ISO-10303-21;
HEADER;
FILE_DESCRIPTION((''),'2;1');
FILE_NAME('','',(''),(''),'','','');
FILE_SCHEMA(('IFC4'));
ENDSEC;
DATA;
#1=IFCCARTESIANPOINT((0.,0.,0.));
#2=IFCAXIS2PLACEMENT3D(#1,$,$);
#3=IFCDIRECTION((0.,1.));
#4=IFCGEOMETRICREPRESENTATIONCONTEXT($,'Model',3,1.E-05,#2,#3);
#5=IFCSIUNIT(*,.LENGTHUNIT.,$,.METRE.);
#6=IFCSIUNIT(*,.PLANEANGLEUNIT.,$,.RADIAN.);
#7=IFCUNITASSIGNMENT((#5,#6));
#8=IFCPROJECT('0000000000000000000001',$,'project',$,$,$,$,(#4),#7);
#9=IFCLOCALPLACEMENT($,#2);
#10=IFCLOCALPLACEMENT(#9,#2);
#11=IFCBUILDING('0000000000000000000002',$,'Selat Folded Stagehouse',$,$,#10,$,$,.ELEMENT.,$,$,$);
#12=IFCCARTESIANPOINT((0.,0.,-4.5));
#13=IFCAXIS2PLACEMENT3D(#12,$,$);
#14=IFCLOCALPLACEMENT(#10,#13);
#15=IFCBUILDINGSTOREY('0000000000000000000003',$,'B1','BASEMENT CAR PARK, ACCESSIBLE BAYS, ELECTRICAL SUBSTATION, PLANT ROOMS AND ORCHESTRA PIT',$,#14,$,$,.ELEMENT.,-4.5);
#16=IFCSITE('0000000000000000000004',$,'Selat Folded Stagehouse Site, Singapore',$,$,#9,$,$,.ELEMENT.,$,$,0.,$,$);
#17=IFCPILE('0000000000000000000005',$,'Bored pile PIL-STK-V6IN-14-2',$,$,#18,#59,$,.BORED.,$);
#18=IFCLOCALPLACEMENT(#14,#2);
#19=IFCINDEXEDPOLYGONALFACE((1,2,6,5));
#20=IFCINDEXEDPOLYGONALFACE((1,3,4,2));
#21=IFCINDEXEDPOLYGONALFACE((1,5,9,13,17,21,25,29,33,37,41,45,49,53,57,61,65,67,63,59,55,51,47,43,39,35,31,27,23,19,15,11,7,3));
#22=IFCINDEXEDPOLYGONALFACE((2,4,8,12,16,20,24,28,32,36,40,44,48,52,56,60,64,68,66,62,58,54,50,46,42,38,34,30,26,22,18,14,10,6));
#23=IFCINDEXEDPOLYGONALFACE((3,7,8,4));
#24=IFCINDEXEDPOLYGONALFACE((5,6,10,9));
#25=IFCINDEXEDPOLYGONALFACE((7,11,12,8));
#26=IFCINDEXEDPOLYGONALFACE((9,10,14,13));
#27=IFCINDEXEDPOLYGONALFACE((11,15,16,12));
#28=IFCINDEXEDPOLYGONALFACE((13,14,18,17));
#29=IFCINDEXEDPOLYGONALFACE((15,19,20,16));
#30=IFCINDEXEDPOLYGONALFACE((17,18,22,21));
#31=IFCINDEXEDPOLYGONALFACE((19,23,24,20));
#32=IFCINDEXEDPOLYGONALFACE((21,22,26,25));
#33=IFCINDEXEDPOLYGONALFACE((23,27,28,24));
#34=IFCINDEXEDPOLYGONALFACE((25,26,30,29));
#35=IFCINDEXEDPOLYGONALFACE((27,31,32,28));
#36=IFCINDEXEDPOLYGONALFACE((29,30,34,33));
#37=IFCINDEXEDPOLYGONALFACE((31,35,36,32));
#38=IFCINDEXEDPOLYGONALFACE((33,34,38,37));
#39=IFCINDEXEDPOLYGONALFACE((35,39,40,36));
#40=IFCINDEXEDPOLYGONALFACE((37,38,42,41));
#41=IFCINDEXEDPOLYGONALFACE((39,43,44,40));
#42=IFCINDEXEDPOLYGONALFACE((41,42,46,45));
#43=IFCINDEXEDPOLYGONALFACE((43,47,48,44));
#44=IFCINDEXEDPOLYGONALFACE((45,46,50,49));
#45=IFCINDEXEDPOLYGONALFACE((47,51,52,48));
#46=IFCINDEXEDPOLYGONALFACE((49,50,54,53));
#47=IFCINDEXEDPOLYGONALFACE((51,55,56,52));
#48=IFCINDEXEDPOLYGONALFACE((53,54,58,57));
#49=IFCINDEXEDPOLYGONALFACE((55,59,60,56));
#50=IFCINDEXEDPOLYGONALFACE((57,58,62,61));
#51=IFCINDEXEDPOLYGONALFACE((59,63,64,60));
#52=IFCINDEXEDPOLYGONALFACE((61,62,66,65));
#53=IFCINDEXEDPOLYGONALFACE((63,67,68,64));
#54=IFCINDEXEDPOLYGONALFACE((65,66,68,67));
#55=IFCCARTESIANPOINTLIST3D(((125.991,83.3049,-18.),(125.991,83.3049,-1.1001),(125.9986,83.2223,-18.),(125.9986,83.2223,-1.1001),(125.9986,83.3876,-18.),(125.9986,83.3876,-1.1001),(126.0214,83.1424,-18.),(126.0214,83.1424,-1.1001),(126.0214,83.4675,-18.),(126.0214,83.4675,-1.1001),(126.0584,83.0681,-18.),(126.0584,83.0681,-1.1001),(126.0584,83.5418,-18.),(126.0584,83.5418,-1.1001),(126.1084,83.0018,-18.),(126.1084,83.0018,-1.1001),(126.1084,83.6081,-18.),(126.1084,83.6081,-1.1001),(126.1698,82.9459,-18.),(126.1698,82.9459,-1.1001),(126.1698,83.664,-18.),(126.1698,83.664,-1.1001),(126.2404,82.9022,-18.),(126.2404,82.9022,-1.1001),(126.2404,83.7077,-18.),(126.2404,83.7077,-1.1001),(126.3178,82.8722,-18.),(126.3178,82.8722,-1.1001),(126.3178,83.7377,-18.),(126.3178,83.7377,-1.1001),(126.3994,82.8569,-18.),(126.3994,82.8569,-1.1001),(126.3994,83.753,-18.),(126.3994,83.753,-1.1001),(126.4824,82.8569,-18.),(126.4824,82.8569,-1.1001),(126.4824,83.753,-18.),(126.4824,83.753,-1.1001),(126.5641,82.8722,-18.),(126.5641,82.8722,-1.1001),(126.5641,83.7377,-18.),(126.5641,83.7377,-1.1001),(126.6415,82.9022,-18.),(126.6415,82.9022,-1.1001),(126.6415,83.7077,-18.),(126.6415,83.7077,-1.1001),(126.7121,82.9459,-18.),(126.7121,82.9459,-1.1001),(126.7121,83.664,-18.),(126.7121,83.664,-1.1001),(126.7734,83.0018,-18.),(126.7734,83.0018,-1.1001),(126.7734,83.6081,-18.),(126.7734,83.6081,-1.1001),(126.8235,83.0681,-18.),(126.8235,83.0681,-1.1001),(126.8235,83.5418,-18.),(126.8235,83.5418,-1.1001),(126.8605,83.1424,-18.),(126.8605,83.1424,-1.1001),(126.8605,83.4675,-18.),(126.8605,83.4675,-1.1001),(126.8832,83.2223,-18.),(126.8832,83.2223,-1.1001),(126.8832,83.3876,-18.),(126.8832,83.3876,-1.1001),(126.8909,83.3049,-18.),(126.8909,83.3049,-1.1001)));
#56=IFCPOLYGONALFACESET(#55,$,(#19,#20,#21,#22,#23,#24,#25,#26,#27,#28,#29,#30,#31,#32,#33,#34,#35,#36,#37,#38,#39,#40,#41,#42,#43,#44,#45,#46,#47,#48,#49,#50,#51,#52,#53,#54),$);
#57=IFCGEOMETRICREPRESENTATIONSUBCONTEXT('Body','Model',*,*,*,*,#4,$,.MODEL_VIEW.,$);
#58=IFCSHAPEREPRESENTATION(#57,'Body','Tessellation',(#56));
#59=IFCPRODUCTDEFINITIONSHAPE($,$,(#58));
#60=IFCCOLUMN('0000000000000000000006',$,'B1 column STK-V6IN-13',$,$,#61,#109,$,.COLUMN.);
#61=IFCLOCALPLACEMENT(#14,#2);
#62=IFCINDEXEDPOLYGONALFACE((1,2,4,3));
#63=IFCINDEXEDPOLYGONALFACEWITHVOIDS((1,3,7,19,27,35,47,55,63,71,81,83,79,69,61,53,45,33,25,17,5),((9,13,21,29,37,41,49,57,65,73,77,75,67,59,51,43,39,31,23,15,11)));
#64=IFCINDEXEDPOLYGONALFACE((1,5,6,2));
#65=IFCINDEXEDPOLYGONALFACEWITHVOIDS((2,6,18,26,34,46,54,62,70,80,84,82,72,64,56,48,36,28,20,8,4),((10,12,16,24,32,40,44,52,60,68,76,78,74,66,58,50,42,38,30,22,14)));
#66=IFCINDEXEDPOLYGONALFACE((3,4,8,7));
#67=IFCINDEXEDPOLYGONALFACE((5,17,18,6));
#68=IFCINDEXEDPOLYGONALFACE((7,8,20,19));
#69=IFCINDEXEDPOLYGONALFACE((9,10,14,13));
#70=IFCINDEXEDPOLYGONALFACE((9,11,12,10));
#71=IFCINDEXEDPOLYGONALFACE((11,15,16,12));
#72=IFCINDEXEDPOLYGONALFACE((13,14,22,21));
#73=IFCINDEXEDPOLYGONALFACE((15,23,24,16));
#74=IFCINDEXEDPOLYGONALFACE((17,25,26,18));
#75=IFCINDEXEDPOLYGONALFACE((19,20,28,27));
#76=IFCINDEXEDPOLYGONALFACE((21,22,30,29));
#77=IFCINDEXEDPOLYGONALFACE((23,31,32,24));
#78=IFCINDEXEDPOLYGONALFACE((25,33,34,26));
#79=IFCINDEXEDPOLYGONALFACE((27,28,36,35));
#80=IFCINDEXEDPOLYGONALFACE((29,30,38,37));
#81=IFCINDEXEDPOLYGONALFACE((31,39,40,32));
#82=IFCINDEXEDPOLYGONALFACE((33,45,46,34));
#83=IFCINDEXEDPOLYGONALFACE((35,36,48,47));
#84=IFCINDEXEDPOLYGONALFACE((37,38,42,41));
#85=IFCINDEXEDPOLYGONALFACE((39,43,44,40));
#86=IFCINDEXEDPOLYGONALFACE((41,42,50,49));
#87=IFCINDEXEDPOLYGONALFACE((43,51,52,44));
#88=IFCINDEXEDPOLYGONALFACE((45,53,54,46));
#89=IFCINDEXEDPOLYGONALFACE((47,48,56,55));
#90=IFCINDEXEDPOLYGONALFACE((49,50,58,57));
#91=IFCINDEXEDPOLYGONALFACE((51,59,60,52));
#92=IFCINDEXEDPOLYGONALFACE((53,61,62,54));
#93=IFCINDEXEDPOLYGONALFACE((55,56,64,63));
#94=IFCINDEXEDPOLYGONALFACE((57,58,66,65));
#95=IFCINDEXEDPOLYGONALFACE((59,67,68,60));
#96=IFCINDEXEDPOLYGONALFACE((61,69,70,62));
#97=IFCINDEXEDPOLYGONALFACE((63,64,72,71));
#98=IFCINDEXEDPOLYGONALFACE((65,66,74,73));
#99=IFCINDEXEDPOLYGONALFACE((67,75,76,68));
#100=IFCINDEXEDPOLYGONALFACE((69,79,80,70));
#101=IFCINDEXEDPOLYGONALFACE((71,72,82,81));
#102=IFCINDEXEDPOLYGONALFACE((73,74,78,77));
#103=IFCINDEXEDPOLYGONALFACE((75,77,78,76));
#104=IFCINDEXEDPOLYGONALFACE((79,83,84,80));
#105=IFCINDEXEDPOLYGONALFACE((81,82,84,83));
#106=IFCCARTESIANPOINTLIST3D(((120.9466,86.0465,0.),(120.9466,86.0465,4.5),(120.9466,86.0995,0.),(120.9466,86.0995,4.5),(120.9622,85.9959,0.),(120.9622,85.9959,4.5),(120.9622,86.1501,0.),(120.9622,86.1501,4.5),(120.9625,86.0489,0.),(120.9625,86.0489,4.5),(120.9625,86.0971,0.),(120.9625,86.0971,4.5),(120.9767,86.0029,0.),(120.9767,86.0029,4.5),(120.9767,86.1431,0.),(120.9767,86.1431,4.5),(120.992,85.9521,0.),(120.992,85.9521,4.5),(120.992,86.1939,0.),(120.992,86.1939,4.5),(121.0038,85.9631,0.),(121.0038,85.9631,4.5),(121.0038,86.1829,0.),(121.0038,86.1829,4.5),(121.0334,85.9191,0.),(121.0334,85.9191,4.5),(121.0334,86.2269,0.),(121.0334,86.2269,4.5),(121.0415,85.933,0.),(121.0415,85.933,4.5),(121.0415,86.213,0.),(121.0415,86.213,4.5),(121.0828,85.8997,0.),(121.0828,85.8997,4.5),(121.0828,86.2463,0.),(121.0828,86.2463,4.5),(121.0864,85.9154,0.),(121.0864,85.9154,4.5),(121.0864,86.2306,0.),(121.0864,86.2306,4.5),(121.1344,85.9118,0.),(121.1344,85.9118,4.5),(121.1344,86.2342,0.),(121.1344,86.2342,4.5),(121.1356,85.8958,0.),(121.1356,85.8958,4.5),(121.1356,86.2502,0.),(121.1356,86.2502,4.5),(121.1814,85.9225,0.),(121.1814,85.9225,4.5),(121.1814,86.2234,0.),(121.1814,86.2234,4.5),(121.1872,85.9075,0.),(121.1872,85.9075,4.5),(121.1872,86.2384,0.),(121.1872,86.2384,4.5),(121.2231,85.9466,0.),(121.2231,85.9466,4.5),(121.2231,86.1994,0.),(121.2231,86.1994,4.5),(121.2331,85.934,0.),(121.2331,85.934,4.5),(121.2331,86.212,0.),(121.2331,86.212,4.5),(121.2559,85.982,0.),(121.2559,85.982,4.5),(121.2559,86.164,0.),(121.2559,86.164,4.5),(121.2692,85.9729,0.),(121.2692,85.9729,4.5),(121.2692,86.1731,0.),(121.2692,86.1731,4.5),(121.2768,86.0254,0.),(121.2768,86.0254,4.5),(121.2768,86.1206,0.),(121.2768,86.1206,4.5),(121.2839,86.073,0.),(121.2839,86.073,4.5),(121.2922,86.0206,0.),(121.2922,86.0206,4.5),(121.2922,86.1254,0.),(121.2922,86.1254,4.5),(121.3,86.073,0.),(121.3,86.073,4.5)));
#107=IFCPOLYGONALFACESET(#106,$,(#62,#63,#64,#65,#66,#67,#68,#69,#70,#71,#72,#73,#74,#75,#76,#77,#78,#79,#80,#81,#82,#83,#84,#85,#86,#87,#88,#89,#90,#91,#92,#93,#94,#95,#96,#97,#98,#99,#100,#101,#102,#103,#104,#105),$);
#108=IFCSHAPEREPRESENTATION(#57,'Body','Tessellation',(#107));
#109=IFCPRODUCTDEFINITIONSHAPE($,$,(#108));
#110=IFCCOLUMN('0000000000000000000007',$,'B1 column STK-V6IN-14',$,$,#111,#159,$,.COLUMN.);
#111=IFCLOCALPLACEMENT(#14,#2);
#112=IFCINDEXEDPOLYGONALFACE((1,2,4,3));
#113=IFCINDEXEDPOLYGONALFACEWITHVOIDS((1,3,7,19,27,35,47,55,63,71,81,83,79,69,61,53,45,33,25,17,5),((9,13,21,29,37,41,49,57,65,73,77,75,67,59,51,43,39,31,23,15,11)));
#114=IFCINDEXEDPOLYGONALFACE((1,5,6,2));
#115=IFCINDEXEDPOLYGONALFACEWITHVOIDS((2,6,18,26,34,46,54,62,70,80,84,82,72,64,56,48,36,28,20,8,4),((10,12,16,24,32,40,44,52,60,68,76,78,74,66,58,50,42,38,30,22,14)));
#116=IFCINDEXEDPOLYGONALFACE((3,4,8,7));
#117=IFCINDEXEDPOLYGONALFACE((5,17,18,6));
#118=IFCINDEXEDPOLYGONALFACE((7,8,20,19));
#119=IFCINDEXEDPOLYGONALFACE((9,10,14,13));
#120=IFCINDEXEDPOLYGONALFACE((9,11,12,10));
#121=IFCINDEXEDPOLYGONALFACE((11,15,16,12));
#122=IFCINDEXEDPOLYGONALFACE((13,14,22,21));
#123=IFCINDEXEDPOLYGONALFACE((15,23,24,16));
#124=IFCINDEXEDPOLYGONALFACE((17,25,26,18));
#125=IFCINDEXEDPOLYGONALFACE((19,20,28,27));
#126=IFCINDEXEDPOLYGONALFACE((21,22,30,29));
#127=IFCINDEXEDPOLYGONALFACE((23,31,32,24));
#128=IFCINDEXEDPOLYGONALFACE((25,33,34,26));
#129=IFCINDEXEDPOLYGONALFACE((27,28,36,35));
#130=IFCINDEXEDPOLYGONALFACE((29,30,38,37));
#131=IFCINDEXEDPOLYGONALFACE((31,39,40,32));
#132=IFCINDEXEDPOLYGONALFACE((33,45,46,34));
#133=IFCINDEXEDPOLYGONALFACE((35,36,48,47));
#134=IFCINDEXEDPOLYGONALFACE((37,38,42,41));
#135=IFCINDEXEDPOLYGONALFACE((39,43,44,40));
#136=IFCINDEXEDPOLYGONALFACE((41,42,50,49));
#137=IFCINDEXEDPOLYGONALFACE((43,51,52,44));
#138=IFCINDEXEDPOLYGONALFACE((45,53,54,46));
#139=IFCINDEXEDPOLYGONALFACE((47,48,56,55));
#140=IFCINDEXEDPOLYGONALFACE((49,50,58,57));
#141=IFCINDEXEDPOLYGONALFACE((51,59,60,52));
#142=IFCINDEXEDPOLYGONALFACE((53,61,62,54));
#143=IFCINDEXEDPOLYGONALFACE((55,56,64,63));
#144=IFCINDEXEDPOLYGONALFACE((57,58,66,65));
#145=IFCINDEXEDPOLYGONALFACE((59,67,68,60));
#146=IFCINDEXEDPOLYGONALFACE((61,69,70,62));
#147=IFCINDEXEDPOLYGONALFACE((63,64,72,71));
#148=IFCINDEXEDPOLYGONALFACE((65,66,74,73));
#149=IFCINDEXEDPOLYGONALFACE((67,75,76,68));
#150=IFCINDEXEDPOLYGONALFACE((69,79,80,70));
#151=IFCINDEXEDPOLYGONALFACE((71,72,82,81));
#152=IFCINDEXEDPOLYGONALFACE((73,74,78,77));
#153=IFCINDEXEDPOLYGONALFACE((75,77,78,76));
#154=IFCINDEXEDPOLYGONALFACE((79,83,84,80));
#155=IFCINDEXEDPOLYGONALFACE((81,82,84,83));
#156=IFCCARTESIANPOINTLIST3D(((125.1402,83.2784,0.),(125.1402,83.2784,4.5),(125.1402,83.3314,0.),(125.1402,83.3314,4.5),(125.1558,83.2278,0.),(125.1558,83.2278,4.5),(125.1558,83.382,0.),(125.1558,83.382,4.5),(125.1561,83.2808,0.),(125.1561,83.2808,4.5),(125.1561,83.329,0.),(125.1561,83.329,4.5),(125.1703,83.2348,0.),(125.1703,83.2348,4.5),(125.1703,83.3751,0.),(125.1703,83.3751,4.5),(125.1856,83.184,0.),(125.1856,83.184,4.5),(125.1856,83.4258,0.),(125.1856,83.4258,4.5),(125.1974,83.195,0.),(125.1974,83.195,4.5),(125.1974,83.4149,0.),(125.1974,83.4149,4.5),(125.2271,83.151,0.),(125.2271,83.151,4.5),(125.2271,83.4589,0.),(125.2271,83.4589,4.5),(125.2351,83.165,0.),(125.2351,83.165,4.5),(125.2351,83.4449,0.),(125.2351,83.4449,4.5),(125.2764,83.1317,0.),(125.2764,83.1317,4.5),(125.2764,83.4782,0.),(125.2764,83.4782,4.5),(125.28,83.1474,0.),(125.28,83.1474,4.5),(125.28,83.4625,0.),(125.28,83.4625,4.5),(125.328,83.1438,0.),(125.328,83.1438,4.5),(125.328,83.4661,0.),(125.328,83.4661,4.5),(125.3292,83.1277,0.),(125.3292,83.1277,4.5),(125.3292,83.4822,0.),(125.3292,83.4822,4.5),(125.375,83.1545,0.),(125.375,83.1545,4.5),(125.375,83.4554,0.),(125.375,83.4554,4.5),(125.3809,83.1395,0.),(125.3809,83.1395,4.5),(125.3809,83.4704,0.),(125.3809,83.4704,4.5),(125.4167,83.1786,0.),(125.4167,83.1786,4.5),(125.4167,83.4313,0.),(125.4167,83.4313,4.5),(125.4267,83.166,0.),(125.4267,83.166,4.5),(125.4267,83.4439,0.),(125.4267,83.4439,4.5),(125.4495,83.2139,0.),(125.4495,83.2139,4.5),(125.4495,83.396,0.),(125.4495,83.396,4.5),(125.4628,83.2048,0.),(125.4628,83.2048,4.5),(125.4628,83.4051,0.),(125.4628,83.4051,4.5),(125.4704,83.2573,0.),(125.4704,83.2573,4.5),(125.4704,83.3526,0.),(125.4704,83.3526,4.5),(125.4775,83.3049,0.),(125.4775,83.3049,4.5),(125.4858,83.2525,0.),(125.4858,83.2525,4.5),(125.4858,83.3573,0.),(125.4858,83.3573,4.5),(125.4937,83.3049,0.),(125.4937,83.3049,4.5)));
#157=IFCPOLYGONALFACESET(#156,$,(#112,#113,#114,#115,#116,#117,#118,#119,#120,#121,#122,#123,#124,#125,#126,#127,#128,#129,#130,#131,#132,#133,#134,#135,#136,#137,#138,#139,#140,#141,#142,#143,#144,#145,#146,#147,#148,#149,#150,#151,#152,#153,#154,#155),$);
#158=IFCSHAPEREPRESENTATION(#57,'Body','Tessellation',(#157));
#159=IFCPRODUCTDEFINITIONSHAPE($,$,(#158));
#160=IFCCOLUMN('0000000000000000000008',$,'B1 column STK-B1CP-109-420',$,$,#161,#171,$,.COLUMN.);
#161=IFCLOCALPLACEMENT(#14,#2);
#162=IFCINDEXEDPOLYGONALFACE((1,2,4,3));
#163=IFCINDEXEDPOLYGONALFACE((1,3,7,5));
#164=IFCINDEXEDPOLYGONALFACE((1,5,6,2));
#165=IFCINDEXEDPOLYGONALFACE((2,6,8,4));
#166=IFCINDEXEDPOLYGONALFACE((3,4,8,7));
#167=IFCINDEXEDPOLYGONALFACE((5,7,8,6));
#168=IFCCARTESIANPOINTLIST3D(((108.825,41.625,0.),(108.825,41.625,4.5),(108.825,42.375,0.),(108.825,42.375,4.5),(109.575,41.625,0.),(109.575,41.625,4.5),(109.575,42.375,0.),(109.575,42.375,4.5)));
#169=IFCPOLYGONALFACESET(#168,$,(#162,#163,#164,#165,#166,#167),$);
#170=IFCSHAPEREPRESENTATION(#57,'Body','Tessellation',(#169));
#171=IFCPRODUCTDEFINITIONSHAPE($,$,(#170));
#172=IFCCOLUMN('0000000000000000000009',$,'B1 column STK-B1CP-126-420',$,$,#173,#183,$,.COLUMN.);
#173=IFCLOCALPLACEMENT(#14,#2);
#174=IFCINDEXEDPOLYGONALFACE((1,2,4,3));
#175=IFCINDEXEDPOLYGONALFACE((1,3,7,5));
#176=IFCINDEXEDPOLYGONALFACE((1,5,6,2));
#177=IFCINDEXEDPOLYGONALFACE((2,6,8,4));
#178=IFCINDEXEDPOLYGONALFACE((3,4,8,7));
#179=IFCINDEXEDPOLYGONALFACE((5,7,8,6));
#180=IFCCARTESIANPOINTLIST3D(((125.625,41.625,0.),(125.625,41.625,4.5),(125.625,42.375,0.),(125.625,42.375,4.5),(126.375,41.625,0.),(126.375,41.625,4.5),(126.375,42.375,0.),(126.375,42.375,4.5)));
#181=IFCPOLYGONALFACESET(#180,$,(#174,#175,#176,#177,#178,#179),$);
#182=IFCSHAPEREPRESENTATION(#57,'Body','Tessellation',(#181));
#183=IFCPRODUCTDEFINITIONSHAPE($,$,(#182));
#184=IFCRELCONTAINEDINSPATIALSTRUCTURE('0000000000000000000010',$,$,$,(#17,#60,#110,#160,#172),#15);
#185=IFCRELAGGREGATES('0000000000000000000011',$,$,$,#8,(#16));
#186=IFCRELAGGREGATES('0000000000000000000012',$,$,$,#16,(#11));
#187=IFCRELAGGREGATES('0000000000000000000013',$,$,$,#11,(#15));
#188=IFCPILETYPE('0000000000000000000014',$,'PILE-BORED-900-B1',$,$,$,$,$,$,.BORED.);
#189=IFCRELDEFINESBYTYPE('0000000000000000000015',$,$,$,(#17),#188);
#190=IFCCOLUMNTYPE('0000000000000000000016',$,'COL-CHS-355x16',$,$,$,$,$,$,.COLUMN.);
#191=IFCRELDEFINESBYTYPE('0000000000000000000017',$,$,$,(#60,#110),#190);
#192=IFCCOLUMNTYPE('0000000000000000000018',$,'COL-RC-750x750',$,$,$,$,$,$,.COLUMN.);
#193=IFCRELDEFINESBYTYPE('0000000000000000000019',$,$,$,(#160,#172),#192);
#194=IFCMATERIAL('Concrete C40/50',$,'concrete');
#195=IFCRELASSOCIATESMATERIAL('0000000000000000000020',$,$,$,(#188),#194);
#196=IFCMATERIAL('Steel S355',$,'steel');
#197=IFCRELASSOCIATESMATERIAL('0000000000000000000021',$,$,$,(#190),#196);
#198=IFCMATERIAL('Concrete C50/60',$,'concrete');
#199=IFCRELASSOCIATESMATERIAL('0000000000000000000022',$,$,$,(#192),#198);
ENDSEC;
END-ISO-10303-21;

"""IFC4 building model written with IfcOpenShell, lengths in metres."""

from ifc_helpers import new_model, si_unit, direction, frame, origin, origin_2d, place, context, subcontext, project, spatial, rectangle, circle, hollow_circle, extrude, material, material_profile, profile_set, type_object, element, save


model = new_model("IFC4")

# Units and contexts
model_context = context("Model", 3, precision=1e-05, world=origin(), true_north=direction((0.0, 1.0)))
body_context = subcontext(model_context, "Body", "Model", "MODEL_VIEW")
ifc_project = project(units=[si_unit("LENGTHUNIT", "METRE"), si_unit("PLANEANGLEUNIT", "RADIAN")], contexts=[model_context])

# Site, building, storey
site_placement = place(None, origin())
site = spatial("IfcSite", under=ifc_project, at=site_placement, Name="Selat Folded Stagehouse Site, Singapore", CompositionType="ELEMENT", RefElevation=0.0)
building_placement = place(site_placement, origin())
building = spatial("IfcBuilding", under=site, at=building_placement, Name="Selat Folded Stagehouse", CompositionType="ELEMENT")
storey_placement = place(building_placement, frame((0.0, 0.0, -4.5)))
storey = spatial("IfcBuildingStorey", under=building, at=storey_placement, Name="B1", Description="BASEMENT CAR PARK, ACCESSIBLE BAYS, ELECTRICAL SUBSTATION, PLANT ROOMS AND ORCHESTRA PIT", CompositionType="ELEMENT", Elevation=-4.5)

# Shared definitions
ifc_material_1 = material(Name="Concrete C40/50", Category="concrete")

# Pile
ifc_material_profile_1 = material_profile(ifc_material_1, circle(Radius=0.45, at=origin_2d()), Name="PILE D900")
ifc_profile_set_1 = profile_set([ifc_material_profile_1], Name="Concrete C40/50")
pile_type = type_object("IfcPileType", Name="PILE-BORED-900-B1", PredefinedType="BORED", material=ifc_profile_set_1)
for number, where, z_axis, x_axis, name in (
    (1, (126.4409, 83.3049, -1.1001), (0.0, 0.0, -1.0), (1.0, 0.0, 0.0), "Bored pile PIL-STK-V6IN-14-2"),
):
    element("IfcPile", number, at=place(storey_placement, frame(where, z_axis=z_axis, x_axis=x_axis)), inside=storey, type_object=pile_type, Name=name, PredefinedType="BORED", context=body_context, shape_type="SweptSolid", body=[
        extrude(circle(Radius=0.45, at=origin_2d()), origin(), (0.0, 0.0, 1.0), 16.8999),
    ])

# Columns
ifc_material_2 = material(Name="Steel S355", Category="steel")
ifc_material_profile_2 = material_profile(ifc_material_2, hollow_circle(Radius=0.1777, WallThickness=0.0161, at=origin_2d()), Name="CHS 355.6x16.0")
ifc_profile_set_2 = profile_set([ifc_material_profile_2], Name="Steel S355")
column_type_1 = type_object("IfcColumnType", Name="COL-CHS-355x16", PredefinedType="COLUMN", material=ifc_profile_set_2)
for number, where, z_axis, x_axis, name in (
    (2, (121.1223, 86.073, 0.0), (0.0, 0.0, 1.0), (1.0, 0.0, 0.0), "B1 column STK-V6IN-13"),
    (3, (125.3159, 83.3049, 0.0), (0.0, 0.0, 1.0), (1.0, 0.0, 0.0), "B1 column STK-V6IN-14"),
):
    element("IfcColumn", number, at=place(storey_placement, frame(where, z_axis=z_axis, x_axis=x_axis)), inside=storey, type_object=column_type_1, Name=name, PredefinedType="COLUMN", context=body_context, shape_type="SweptSolid", body=[
        extrude(hollow_circle(Radius=0.1777, WallThickness=0.0161, at=origin_2d()), origin(), (0.0, 0.0, 1.0), 4.5),
    ])
ifc_material_3 = material(Name="Concrete C50/60", Category="concrete")
ifc_material_profile_3 = material_profile(ifc_material_3, rectangle(XDim=0.75, YDim=0.75, at=origin_2d()), Name="RC 750x750")
ifc_profile_set_3 = profile_set([ifc_material_profile_3], Name="Concrete C50/60")
column_type_2 = type_object("IfcColumnType", Name="COL-RC-750x750", PredefinedType="COLUMN", material=ifc_profile_set_3)
for number, where, z_axis, x_axis, name in (
    (4, (109.2, 42.0, 0.0), (0.0, 0.0, 1.0), (1.0, 0.0, 0.0), "B1 column STK-B1CP-109-420"),
    (5, (126.0, 42.0, 0.0), (0.0, 0.0, 1.0), (1.0, 0.0, 0.0), "B1 column STK-B1CP-126-420"),
):
    element("IfcColumn", number, at=place(storey_placement, frame(where, z_axis=z_axis, x_axis=x_axis)), inside=storey, type_object=column_type_2, Name=name, PredefinedType="COLUMN", context=body_context, shape_type="SweptSolid", body=[
        extrude(rectangle(XDim=0.75, YDim=0.75, at=origin_2d()), origin(), (0.0, 0.0, 1.0), 4.5),
    ])

save(model, "model.ifc")
